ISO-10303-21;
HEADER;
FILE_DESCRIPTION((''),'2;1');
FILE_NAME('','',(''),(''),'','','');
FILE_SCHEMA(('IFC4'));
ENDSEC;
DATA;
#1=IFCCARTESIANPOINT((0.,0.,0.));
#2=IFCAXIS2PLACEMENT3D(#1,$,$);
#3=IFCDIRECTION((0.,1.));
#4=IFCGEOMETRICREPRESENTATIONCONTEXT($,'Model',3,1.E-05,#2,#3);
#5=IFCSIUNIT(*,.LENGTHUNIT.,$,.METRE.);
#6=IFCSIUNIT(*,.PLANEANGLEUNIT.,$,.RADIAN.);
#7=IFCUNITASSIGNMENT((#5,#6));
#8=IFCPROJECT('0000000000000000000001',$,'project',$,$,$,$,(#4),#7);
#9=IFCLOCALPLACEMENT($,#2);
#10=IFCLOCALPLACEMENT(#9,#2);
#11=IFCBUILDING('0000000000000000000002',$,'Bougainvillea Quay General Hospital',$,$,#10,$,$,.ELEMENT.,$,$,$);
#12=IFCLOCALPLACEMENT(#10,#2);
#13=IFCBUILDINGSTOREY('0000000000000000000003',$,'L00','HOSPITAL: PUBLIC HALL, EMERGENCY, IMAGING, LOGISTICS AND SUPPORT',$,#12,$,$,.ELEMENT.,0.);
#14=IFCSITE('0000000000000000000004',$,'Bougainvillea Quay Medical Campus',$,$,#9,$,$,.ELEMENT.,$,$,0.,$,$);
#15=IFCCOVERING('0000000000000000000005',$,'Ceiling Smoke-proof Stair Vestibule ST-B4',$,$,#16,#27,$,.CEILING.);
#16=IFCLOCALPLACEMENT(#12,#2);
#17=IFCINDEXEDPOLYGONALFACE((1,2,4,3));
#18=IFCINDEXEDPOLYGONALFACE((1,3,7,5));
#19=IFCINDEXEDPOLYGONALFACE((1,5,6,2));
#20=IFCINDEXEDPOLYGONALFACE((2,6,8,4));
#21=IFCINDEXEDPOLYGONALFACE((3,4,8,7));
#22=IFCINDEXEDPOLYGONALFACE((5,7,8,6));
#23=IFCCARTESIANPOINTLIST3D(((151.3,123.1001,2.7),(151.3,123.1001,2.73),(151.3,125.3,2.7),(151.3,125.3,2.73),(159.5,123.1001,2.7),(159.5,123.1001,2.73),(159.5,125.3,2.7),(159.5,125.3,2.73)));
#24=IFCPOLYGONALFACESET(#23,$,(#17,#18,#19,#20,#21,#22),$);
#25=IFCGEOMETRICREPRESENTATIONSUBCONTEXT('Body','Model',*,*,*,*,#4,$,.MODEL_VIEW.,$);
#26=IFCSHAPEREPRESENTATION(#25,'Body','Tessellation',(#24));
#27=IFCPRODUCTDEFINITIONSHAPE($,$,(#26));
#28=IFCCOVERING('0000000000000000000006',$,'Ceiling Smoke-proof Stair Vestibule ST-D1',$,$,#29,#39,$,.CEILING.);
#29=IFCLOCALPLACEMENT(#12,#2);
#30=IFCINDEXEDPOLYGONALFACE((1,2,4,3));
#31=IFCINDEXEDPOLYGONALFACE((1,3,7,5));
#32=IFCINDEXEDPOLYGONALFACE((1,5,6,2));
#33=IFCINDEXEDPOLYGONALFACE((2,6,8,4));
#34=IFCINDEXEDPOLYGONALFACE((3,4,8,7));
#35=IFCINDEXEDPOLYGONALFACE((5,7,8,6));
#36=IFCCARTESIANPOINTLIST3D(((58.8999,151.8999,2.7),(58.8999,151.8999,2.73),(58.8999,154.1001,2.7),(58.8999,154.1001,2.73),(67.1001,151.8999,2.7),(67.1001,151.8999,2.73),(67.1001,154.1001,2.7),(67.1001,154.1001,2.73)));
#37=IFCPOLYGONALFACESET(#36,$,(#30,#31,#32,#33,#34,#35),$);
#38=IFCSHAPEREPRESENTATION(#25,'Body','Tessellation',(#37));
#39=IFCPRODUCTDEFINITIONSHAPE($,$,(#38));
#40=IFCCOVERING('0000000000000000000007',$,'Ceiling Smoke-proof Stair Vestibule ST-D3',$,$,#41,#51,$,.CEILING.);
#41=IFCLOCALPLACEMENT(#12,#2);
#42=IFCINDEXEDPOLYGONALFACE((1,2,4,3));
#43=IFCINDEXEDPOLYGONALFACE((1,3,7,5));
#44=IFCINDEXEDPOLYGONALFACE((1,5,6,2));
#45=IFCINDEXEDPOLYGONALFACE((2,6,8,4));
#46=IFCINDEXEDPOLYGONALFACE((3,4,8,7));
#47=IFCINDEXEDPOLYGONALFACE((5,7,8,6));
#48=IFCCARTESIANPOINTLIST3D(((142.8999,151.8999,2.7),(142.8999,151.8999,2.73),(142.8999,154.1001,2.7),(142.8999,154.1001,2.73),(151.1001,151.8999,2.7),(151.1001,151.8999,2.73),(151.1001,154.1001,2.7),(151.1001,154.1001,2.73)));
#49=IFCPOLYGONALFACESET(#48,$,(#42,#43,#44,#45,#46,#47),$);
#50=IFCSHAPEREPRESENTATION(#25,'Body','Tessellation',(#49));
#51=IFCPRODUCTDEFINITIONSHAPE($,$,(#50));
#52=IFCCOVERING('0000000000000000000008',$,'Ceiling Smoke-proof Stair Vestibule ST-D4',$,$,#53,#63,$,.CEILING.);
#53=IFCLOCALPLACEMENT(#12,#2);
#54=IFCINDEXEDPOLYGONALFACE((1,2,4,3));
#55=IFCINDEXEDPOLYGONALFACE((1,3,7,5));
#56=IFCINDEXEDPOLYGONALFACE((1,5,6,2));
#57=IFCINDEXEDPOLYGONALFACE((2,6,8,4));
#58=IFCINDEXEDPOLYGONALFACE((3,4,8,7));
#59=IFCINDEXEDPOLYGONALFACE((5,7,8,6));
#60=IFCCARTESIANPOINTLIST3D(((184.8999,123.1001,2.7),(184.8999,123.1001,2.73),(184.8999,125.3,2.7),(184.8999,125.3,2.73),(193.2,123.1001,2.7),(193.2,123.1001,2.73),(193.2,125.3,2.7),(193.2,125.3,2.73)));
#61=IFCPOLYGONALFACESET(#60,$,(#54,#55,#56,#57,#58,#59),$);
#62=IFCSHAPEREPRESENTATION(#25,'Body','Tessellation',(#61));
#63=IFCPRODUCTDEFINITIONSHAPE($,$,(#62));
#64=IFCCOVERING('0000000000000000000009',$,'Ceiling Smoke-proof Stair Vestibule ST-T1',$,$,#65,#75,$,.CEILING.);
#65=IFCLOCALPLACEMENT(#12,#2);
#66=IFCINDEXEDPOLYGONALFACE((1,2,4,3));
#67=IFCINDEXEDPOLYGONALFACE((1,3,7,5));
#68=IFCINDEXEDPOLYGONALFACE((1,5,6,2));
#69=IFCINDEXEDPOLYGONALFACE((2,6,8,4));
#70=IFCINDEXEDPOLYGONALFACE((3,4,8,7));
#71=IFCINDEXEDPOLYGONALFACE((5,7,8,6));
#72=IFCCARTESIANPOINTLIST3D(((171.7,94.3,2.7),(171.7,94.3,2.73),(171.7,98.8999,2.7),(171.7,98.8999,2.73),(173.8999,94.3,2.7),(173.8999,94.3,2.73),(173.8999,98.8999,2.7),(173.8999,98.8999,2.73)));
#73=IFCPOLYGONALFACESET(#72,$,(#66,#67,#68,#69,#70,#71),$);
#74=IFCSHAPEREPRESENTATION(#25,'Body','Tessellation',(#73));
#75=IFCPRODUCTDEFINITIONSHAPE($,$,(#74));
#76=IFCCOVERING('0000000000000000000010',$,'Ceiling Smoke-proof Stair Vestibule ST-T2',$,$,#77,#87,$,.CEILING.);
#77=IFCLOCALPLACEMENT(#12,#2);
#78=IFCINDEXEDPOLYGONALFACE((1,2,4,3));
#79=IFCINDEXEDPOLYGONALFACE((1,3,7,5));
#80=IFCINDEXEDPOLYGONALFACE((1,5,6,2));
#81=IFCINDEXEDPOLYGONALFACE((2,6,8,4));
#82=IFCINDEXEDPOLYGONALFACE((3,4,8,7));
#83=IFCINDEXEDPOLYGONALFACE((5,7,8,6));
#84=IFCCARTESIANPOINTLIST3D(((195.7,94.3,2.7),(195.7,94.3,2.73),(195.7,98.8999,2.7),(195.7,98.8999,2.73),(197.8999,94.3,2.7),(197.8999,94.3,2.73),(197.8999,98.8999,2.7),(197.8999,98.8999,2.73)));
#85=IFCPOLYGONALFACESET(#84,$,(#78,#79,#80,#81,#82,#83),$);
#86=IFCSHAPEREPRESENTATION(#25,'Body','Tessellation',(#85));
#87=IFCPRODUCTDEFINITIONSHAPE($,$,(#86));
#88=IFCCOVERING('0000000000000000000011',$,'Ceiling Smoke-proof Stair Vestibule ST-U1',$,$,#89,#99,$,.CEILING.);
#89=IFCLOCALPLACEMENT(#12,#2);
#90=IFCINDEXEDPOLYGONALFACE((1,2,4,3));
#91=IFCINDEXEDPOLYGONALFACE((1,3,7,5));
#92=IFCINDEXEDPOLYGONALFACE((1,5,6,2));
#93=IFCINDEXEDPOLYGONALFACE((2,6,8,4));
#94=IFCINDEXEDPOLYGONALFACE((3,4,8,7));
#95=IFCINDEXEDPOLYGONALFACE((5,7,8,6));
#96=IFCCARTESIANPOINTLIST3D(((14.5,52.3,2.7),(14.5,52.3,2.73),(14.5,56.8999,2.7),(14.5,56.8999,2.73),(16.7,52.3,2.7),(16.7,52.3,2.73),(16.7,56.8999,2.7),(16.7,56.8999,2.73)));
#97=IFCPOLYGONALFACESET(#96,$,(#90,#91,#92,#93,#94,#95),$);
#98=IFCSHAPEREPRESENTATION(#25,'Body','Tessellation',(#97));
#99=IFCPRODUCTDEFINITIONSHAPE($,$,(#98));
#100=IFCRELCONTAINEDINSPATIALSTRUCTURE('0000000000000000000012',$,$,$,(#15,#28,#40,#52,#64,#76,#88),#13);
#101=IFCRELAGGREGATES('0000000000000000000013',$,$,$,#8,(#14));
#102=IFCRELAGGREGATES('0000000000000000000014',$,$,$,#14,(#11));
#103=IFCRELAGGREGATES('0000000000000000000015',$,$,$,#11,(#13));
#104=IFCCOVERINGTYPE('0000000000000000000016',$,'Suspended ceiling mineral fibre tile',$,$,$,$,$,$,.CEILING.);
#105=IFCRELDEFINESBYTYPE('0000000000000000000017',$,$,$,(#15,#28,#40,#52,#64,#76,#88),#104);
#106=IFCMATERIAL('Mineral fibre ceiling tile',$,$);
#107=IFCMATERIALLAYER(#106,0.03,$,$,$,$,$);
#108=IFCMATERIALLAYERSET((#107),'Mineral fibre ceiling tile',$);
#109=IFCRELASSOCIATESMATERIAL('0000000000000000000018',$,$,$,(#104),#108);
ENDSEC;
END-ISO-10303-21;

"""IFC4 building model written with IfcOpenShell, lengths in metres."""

from ifc_helpers import new_model, si_unit, direction, frame, origin, place, context, subcontext, project, spatial, polyline, outline, extrude, material, layer, layer_set, type_object, element, save


model = new_model("IFC4")

# Units and contexts
model_context = context("Model", 3, precision=1e-05, world=origin(), true_north=direction((0.0, 1.0)))
body_context = subcontext(model_context, "Body", "Model", "MODEL_VIEW")
ifc_project = project(units=[si_unit("LENGTHUNIT", "METRE"), si_unit("PLANEANGLEUNIT", "RADIAN")], contexts=[model_context])

# Site, building, storey
site_placement = place(None, origin())
site = spatial("IfcSite", under=ifc_project, at=site_placement, Name="Bougainvillea Quay Medical Campus", CompositionType="ELEMENT", RefElevation=0.0)
building_placement = place(site_placement, origin())
building = spatial("IfcBuilding", under=site, at=building_placement, Name="Bougainvillea Quay General Hospital", CompositionType="ELEMENT")
storey_placement = place(building_placement, origin())
storey = spatial("IfcBuildingStorey", under=building, at=storey_placement, Name="L00", Description="HOSPITAL: PUBLIC HALL, EMERGENCY, IMAGING, LOGISTICS AND SUPPORT", CompositionType="ELEMENT", Elevation=0.0)

# Coverings
ifc_material = material(Name="Mineral fibre ceiling tile")
ifc_layer = layer(ifc_material, 0.03)
ifc_layer_set = layer_set([ifc_layer], Name="Mineral fibre ceiling tile")
covering_type = type_object("IfcCoveringType", Name="Suspended ceiling mineral fibre tile", PredefinedType="CEILING", material=ifc_layer_set)
covering_1_placement = place(storey_placement, frame((0.0, 0.0, 2.7)))
element("IfcCovering", 1, at=covering_1_placement, inside=storey, type_object=covering_type, Name="Ceiling Smoke-proof Stair Vestibule ST-B4", PredefinedType="CEILING", context=body_context, shape_type="SweptSolid", body=[
    extrude(outline(polyline([(159.5, 125.3), (151.3, 125.3), (151.3, 123.1001), (159.5, 123.1001), (159.5, 125.3)])), origin(), (0.0, 0.0, 1.0), 0.03),
])
covering_2_placement = place(storey_placement, frame((0.0, 0.0, 2.7)))
element("IfcCovering", 2, at=covering_2_placement, inside=storey, type_object=covering_type, Name="Ceiling Smoke-proof Stair Vestibule ST-D1", PredefinedType="CEILING", context=body_context, shape_type="SweptSolid", body=[
    extrude(outline(polyline([(67.1001, 154.1001), (58.8999, 154.1001), (58.8999, 151.8999), (67.1001, 151.8999), (67.1001, 154.1001)])), origin(), (0.0, 0.0, 1.0), 0.03),
])
covering_3_placement = place(storey_placement, frame((0.0, 0.0, 2.7)))
element("IfcCovering", 3, at=covering_3_placement, inside=storey, type_object=covering_type, Name="Ceiling Smoke-proof Stair Vestibule ST-D3", PredefinedType="CEILING", context=body_context, shape_type="SweptSolid", body=[
    extrude(outline(polyline([(142.8999, 154.1001), (142.8999, 151.8999), (151.1001, 151.8999), (151.1001, 154.1001), (142.8999, 154.1001)])), origin(), (0.0, 0.0, 1.0), 0.03),
])
covering_4_placement = place(storey_placement, frame((0.0, 0.0, 2.7)))
element("IfcCovering", 4, at=covering_4_placement, inside=storey, type_object=covering_type, Name="Ceiling Smoke-proof Stair Vestibule ST-D4", PredefinedType="CEILING", context=body_context, shape_type="SweptSolid", body=[
    extrude(outline(polyline([(193.2, 125.3), (184.8999, 125.3), (184.8999, 123.1001), (193.2, 123.1001), (193.2, 125.3)])), origin(), (0.0, 0.0, 1.0), 0.03),
])
covering_5_placement = place(storey_placement, frame((0.0, 0.0, 2.7)))
element("IfcCovering", 5, at=covering_5_placement, inside=storey, type_object=covering_type, Name="Ceiling Smoke-proof Stair Vestibule ST-T1", PredefinedType="CEILING", context=body_context, shape_type="SweptSolid", body=[
    extrude(outline(polyline([(171.7, 98.8999), (171.7, 94.3), (173.8999, 94.3), (173.8999, 98.8999), (171.7, 98.8999)])), origin(), (0.0, 0.0, 1.0), 0.03),
])
covering_6_placement = place(storey_placement, frame((0.0, 0.0, 2.7)))
element("IfcCovering", 6, at=covering_6_placement, inside=storey, type_object=covering_type, Name="Ceiling Smoke-proof Stair Vestibule ST-T2", PredefinedType="CEILING", context=body_context, shape_type="SweptSolid", body=[
    extrude(outline(polyline([(197.8999, 94.3), (197.8999, 98.8999), (195.7, 98.8999), (195.7, 94.3), (197.8999, 94.3)])), origin(), (0.0, 0.0, 1.0), 0.03),
])
covering_7_placement = place(storey_placement, frame((0.0, 0.0, 2.7)))
element("IfcCovering", 7, at=covering_7_placement, inside=storey, type_object=covering_type, Name="Ceiling Smoke-proof Stair Vestibule ST-U1", PredefinedType="CEILING", context=body_context, shape_type="SweptSolid", body=[
    extrude(outline(polyline([(14.5, 56.8999), (14.5, 52.3), (16.7, 52.3), (16.7, 56.8999), (14.5, 56.8999)])), origin(), (0.0, 0.0, 1.0), 0.03),
])

save(model, "model.ifc")
